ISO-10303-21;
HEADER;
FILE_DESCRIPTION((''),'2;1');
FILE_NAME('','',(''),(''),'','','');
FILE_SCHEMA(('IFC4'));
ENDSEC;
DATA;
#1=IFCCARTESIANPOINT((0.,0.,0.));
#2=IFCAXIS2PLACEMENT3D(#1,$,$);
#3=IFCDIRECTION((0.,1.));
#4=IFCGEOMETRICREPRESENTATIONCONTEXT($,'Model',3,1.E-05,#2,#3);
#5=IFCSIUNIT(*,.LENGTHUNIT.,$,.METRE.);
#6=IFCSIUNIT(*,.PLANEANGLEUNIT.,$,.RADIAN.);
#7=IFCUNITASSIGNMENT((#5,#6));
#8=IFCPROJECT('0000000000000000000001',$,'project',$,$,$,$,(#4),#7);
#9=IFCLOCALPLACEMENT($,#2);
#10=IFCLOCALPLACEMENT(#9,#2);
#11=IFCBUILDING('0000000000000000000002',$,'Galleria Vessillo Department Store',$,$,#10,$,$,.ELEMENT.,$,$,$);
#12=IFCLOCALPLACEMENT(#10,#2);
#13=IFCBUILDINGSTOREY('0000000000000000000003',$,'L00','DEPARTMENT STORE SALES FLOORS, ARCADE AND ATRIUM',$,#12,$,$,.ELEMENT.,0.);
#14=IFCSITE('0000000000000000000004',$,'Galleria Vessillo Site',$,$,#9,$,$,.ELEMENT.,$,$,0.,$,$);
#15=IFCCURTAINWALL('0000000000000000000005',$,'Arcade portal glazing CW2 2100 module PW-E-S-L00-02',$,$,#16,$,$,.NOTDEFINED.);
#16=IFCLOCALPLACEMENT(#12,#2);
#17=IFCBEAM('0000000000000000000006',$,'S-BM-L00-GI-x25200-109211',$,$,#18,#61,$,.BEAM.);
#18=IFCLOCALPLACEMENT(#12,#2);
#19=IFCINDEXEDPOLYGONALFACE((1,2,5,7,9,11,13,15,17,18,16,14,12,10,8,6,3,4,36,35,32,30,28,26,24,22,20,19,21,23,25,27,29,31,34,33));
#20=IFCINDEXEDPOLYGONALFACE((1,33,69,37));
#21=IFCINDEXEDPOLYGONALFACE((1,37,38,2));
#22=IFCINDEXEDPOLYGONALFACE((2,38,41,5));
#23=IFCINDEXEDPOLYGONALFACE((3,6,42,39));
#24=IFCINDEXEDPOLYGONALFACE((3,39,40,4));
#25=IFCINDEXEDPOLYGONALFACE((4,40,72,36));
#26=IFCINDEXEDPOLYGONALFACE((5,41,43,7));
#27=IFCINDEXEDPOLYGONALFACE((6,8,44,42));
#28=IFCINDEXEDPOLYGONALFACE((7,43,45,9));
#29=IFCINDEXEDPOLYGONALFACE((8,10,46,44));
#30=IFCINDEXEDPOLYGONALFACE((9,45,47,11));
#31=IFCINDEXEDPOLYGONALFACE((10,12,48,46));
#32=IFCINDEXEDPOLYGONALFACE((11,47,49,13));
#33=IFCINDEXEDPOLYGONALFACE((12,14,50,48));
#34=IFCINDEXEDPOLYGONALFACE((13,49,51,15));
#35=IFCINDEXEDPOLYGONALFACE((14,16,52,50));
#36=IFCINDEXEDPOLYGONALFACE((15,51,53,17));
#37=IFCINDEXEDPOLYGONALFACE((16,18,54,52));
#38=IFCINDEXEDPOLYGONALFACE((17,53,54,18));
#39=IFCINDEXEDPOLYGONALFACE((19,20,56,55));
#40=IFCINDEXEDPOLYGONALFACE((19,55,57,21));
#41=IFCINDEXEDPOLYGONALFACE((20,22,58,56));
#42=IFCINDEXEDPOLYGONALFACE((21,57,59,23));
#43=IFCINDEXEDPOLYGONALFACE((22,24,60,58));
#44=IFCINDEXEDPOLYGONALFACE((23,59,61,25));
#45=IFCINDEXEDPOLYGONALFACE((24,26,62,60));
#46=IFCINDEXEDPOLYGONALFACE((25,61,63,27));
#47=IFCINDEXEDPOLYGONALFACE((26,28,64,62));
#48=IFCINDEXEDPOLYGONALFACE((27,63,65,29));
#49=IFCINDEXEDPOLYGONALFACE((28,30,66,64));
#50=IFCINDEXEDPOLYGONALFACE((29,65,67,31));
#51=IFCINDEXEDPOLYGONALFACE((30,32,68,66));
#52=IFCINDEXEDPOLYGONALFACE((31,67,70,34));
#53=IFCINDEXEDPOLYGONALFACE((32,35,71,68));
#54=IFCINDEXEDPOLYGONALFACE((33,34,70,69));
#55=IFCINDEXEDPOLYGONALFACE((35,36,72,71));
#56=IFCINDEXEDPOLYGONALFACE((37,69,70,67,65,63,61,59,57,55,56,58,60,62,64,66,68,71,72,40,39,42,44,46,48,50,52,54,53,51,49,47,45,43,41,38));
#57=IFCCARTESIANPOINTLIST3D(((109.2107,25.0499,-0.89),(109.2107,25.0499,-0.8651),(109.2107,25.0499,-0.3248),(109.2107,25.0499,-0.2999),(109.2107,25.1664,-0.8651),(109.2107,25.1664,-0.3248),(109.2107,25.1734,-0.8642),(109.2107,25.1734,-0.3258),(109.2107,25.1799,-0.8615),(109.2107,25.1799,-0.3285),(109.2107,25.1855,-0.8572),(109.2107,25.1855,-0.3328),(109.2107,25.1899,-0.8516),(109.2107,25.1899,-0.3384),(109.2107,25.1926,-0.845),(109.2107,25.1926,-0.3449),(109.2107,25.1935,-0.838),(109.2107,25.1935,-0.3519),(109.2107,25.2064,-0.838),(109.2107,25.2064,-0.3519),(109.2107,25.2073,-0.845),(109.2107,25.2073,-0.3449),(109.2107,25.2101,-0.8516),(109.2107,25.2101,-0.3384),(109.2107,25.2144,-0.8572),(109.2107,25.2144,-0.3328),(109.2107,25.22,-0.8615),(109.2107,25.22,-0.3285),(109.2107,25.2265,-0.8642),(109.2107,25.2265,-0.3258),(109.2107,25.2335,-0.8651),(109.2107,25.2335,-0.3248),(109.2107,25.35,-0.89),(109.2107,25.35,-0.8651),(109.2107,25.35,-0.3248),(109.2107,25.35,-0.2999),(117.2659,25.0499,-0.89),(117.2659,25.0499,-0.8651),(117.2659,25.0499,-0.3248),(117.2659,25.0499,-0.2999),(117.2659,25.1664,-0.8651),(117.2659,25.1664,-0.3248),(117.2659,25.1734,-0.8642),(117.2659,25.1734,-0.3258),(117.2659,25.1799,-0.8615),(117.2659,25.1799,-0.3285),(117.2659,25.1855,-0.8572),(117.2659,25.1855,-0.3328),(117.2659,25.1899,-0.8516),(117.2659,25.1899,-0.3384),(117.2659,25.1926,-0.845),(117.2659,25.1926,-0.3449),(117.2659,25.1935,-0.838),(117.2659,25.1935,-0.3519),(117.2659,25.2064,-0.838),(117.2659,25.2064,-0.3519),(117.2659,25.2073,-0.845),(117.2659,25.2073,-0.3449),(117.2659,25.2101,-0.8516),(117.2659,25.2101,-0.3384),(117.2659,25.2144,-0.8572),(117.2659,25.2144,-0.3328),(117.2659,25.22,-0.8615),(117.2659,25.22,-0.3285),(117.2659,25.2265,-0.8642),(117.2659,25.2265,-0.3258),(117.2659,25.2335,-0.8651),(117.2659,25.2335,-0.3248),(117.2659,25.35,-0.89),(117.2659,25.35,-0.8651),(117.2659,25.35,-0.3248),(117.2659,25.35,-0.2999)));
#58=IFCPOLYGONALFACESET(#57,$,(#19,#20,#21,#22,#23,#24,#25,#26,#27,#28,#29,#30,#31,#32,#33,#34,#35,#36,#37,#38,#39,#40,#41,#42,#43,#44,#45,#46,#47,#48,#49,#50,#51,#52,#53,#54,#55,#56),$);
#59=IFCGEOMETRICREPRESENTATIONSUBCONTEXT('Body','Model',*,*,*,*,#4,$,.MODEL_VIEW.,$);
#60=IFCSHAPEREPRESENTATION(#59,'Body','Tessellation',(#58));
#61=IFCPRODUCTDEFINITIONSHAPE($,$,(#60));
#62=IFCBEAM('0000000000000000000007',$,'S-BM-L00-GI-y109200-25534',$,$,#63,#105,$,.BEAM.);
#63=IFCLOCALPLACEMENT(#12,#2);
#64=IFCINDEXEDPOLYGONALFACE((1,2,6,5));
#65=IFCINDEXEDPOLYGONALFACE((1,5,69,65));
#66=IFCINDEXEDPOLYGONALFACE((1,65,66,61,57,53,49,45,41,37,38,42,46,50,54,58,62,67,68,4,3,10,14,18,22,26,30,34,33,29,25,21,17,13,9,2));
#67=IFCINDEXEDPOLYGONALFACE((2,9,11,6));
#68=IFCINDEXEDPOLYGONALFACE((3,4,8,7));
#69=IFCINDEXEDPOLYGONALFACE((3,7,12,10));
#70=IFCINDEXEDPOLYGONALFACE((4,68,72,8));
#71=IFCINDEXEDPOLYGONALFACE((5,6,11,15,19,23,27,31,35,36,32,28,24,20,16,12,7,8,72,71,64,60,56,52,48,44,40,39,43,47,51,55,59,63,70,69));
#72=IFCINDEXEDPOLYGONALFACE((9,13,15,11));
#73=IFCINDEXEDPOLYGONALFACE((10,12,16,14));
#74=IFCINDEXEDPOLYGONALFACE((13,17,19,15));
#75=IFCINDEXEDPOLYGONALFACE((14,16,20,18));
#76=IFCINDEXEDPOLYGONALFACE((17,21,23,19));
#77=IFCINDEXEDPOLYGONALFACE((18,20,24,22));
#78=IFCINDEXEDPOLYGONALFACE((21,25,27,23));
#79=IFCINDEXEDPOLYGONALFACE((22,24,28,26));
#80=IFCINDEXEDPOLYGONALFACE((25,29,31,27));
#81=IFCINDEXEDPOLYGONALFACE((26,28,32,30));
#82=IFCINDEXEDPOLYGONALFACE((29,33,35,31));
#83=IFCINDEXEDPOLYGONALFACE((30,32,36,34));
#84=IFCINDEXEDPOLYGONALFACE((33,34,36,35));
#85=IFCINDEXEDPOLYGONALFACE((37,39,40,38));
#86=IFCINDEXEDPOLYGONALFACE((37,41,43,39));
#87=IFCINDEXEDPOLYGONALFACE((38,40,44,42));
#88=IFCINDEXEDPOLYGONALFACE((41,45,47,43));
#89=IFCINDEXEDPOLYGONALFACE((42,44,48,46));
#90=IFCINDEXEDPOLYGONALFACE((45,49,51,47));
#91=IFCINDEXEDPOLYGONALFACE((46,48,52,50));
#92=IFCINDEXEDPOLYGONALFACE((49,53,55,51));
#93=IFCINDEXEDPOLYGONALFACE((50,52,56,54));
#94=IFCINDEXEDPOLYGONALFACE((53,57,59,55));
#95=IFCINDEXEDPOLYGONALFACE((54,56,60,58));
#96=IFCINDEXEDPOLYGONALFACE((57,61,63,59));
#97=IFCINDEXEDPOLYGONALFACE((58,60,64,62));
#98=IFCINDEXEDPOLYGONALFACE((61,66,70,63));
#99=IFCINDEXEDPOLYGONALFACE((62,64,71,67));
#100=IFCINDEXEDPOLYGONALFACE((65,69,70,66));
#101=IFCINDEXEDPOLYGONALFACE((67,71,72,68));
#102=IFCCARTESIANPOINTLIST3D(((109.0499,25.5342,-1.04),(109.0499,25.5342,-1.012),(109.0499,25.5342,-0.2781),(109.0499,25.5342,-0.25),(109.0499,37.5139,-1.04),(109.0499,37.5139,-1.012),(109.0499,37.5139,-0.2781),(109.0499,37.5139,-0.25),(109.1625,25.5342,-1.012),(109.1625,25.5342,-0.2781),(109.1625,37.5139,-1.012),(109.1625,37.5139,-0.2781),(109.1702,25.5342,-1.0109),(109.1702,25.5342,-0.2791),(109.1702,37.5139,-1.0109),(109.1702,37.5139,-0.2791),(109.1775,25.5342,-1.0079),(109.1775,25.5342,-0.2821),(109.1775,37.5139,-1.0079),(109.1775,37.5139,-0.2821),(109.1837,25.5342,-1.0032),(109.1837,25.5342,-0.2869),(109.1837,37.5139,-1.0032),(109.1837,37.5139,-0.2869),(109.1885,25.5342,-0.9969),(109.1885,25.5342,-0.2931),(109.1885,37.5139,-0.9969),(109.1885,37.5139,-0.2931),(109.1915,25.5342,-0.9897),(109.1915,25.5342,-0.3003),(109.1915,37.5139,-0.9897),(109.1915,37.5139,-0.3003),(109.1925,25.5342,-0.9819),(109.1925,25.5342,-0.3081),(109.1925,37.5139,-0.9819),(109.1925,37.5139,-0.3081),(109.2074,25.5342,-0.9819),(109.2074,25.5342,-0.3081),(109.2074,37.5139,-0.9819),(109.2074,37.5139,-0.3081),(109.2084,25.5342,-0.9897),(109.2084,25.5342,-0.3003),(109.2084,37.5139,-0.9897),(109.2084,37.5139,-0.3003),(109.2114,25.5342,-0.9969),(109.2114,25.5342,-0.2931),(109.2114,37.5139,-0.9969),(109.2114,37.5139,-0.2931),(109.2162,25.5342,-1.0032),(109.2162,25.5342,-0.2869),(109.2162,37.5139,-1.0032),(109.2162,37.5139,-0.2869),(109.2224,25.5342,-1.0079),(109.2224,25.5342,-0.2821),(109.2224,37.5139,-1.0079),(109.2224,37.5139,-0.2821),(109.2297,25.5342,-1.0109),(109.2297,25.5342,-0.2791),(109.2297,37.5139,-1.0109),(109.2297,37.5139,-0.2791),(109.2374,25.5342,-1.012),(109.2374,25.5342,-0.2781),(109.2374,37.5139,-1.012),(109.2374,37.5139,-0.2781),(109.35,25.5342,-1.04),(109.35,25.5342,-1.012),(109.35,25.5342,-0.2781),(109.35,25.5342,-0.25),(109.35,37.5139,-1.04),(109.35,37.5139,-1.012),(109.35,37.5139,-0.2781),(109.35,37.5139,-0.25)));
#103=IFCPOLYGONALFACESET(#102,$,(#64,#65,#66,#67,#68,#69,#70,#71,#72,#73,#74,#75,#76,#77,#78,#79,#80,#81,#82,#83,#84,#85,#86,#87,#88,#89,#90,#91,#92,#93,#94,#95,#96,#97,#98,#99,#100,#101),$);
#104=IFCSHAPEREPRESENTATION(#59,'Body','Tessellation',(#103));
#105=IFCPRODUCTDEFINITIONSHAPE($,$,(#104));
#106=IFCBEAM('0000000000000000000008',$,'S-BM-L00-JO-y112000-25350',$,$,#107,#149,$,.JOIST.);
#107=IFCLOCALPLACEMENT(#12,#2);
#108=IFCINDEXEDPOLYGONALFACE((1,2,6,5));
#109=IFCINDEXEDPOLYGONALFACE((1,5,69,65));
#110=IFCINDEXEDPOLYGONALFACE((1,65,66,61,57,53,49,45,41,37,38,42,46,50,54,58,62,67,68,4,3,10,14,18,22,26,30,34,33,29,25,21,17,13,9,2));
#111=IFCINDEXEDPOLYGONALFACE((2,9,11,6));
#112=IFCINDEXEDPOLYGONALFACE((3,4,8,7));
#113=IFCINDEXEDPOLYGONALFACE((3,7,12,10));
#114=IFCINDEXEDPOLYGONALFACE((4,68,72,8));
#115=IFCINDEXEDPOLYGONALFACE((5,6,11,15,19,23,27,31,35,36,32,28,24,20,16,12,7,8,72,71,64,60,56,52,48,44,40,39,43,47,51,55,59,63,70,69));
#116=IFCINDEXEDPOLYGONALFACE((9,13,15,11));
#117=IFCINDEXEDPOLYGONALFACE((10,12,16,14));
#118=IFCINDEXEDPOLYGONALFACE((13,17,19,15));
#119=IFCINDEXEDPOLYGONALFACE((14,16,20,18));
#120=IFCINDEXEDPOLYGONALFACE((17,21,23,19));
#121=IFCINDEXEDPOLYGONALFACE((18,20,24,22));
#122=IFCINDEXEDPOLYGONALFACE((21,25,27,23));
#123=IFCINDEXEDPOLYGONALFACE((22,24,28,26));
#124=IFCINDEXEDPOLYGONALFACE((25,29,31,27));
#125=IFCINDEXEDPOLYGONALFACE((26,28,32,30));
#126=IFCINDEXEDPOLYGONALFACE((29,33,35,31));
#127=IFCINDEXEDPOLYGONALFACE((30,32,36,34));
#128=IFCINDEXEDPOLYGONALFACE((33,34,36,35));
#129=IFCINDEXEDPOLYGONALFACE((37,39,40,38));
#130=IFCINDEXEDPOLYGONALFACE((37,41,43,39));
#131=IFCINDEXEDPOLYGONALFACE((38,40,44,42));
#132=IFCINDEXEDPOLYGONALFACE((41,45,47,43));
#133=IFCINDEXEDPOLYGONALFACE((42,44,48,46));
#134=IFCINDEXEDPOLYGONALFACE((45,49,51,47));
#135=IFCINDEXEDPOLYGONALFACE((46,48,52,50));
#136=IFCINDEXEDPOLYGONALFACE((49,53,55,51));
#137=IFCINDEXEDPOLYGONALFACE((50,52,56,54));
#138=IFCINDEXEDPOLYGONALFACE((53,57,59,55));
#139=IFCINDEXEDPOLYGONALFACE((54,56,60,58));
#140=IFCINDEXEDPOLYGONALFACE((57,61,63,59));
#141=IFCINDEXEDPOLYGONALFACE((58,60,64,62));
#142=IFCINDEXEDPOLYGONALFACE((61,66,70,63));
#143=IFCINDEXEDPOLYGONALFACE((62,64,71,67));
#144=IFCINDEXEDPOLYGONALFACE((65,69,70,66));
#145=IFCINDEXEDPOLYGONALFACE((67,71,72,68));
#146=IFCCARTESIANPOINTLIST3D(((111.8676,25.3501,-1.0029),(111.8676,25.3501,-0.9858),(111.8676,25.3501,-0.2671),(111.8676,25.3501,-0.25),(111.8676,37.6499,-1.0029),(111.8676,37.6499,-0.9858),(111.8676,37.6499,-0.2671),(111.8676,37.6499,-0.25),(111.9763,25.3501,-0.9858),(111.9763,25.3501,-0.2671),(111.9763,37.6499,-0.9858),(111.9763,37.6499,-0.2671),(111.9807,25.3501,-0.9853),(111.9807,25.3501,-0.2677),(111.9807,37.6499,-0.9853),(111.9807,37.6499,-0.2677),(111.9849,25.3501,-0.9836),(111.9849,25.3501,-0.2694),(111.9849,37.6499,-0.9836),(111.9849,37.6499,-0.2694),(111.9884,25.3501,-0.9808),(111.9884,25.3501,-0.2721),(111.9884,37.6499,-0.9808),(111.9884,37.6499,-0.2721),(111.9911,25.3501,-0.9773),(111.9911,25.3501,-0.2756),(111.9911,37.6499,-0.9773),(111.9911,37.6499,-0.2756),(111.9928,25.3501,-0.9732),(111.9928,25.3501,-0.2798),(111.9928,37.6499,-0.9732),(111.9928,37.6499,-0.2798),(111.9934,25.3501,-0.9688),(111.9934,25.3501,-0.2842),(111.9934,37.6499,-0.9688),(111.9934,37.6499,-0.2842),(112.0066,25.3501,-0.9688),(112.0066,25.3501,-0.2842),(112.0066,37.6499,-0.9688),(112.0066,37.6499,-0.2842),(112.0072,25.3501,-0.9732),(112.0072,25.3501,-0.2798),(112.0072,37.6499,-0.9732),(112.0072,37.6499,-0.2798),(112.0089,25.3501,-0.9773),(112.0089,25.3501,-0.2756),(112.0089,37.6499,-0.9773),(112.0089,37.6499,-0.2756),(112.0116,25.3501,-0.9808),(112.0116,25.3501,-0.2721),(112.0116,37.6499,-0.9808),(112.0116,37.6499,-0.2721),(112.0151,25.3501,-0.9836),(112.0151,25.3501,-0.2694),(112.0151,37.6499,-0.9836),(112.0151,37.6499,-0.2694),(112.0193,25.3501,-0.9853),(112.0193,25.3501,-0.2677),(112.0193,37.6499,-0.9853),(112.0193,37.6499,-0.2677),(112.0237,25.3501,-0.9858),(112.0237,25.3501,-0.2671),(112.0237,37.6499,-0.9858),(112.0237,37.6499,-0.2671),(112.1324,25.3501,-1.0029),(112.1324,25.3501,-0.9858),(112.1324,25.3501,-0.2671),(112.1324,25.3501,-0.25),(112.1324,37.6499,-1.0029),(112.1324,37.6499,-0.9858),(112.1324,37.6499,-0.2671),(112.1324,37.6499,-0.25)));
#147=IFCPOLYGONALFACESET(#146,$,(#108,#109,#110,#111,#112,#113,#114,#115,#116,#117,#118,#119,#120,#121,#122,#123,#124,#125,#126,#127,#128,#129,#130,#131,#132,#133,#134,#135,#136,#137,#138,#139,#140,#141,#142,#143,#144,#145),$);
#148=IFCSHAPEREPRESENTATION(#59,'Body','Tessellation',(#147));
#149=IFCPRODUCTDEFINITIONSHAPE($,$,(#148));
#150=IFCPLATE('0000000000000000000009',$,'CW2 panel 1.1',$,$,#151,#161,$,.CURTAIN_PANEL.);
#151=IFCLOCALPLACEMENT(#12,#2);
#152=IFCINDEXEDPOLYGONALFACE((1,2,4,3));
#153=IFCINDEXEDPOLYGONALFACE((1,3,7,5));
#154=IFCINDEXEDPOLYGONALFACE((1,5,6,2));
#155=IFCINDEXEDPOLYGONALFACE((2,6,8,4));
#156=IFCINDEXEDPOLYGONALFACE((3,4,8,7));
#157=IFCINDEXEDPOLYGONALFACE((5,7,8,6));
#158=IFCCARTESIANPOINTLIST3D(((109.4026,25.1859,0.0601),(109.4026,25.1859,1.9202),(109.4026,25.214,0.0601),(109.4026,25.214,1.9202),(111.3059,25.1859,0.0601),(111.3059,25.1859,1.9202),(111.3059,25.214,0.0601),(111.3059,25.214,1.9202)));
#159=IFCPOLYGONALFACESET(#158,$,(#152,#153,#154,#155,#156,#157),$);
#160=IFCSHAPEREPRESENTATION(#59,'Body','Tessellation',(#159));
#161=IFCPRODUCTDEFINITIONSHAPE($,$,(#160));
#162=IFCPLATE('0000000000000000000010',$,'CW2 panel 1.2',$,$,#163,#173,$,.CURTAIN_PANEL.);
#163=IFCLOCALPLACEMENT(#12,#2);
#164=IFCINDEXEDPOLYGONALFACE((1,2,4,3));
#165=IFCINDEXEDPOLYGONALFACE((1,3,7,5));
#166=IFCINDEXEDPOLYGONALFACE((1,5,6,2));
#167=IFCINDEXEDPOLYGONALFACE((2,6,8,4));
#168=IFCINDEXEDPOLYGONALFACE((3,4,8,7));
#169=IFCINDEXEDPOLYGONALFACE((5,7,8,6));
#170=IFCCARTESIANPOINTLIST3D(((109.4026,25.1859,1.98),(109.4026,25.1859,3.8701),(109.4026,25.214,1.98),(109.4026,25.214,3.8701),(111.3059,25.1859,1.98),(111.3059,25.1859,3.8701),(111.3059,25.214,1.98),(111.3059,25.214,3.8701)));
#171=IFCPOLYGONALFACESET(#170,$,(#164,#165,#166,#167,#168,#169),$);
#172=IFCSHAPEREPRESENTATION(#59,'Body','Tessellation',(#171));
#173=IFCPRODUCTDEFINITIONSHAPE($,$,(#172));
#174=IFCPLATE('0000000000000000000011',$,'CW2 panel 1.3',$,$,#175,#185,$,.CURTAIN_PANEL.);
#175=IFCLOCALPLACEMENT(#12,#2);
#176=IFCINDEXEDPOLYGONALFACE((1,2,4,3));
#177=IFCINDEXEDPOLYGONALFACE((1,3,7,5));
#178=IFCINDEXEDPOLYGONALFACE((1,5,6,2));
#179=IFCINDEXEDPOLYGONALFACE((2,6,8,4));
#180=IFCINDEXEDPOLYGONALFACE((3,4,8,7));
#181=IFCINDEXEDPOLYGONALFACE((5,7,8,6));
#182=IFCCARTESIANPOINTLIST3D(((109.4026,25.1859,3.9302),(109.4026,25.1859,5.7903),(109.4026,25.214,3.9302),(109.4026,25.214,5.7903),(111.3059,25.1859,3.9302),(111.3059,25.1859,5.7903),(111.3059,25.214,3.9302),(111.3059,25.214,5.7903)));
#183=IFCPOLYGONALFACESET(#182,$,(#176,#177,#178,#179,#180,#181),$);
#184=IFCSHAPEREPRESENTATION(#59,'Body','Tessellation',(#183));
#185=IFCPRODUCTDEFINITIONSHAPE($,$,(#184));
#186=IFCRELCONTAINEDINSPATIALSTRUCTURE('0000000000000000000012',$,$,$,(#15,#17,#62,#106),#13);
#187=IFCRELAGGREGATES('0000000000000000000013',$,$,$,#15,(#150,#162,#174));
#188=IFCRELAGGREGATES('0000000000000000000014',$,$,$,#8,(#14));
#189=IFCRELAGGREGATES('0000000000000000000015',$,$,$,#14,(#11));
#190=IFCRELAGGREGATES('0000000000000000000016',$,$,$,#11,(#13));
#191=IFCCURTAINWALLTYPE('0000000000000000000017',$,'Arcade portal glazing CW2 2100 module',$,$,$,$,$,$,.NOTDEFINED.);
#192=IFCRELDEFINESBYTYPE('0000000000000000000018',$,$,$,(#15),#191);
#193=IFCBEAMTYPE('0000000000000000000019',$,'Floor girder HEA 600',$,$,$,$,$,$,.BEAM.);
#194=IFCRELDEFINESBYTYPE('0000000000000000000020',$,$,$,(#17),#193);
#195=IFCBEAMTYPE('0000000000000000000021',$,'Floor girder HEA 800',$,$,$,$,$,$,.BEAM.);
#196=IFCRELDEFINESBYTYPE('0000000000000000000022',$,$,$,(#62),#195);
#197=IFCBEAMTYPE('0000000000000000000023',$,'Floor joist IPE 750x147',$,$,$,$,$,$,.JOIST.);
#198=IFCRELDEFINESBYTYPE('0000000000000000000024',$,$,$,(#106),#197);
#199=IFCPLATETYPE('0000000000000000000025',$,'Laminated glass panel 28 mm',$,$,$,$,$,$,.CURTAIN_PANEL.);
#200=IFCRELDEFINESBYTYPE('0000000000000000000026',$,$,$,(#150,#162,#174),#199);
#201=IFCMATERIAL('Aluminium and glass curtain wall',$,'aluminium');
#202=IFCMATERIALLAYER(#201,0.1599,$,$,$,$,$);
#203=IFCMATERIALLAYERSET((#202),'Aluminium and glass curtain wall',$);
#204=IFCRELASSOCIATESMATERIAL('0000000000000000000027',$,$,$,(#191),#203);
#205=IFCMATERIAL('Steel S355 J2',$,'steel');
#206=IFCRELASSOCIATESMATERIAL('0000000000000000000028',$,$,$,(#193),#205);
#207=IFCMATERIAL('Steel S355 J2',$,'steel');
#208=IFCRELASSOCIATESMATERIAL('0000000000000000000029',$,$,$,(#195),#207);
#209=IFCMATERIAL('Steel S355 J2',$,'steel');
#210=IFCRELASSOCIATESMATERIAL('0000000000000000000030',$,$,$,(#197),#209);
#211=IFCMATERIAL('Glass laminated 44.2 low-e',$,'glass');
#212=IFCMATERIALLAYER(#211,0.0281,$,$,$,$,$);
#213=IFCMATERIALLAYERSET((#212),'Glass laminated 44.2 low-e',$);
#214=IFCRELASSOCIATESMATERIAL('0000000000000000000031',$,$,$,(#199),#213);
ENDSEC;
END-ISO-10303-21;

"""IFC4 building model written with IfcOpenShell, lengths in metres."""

from ifc_helpers import new_model, si_unit, direction, frame, origin, origin_2d, place, context, subcontext, project, spatial, rectangle, i_section, extrude, material, layer, layer_set, material_profile, profile_set, type_object, element, aggregate, save


model = new_model("IFC4")

# Units and contexts
model_context = context("Model", 3, precision=1e-05, world=origin(), true_north=direction((0.0, 1.0)))
body_context = subcontext(model_context, "Body", "Model", "MODEL_VIEW")
ifc_project = project(units=[si_unit("LENGTHUNIT", "METRE"), si_unit("PLANEANGLEUNIT", "RADIAN")], contexts=[model_context])

# Site, building, storey
site_placement = place(None, origin())
site = spatial("IfcSite", under=ifc_project, at=site_placement, Name="Galleria Vessillo Site", CompositionType="ELEMENT", RefElevation=0.0)
building_placement = place(site_placement, origin())
building = spatial("IfcBuilding", under=site, at=building_placement, Name="Galleria Vessillo Department Store", CompositionType="ELEMENT")
storey_placement = place(building_placement, origin())
storey = spatial("IfcBuildingStorey", under=building, at=storey_placement, Name="L00", Description="DEPARTMENT STORE SALES FLOORS, ARCADE AND ATRIUM", CompositionType="ELEMENT", Elevation=0.0)

# Curtain wall
ifc_material_1 = material(Name="Aluminium and glass curtain wall", Category="aluminium")
ifc_layer_1 = layer(ifc_material_1, 0.1599)
ifc_layer_set_1 = layer_set([ifc_layer_1], Name="Aluminium and glass curtain wall")
curtain_wall_type = type_object("IfcCurtainWallType", Name="Arcade portal glazing CW2 2100 module", PredefinedType="NOTDEFINED", material=ifc_layer_set_1)
curtain_wall_placement = place(storey_placement, origin())
curtain_wall = element("IfcCurtainWall", 1, at=curtain_wall_placement, inside=storey, type_object=curtain_wall_type, Name="Arcade portal glazing CW2 2100 module PW-E-S-L00-02", PredefinedType="NOTDEFINED")

# Beams
ifc_material_2 = material(Name="Steel S355 J2", Category="steel")
ifc_material_profile_1 = material_profile(ifc_material_2, i_section(OverallWidth=0.3, OverallDepth=0.5901, WebThickness=0.0129, FlangeThickness=0.0249, FilletRadius=0.0271, at=origin_2d()), Name="HEA 600")
ifc_profile_set_1 = profile_set([ifc_material_profile_1], Name="Steel S355 J2")
beam_type_1 = type_object("IfcBeamType", Name="Floor girder HEA 600", PredefinedType="BEAM", material=ifc_profile_set_1)
beam_1_placement = place(storey_placement, frame((109.2107, 25.2, -0.595), z_axis=(1.0, 0.0, 0.0), x_axis=(0.0, 1.0, 0.0)))
element("IfcBeam", 2, at=beam_1_placement, inside=storey, type_object=beam_type_1, Name="S-BM-L00-GI-x25200-109211", PredefinedType="BEAM", context=body_context, shape_type="SweptSolid", body=[
    extrude(i_section(OverallWidth=0.3, OverallDepth=0.5901, WebThickness=0.0129, FlangeThickness=0.0249, FilletRadius=0.0271, at=origin_2d()), origin(), (0.0, 0.0, 1.0), 8.0552),
])
ifc_material_3 = material(Name="Steel S355 J2", Category="steel")
ifc_material_profile_2 = material_profile(ifc_material_3, i_section(OverallWidth=0.3, OverallDepth=0.79, WebThickness=0.0149, FlangeThickness=0.0281, FilletRadius=0.03, at=origin_2d()), Name="HEA 800")
ifc_profile_set_2 = profile_set([ifc_material_profile_2], Name="Steel S355 J2")
beam_type_2 = type_object("IfcBeamType", Name="Floor girder HEA 800", PredefinedType="BEAM", material=ifc_profile_set_2)
beam_2_placement = place(storey_placement, frame((109.2, 25.5342, -0.645), z_axis=(0.0, 1.0, 0.0), x_axis=(-1.0, 0.0, 0.0)))
element("IfcBeam", 3, at=beam_2_placement, inside=storey, type_object=beam_type_2, Name="S-BM-L00-GI-y109200-25534", PredefinedType="BEAM", context=body_context, shape_type="SweptSolid", body=[
    extrude(i_section(OverallWidth=0.3, OverallDepth=0.79, WebThickness=0.0149, FlangeThickness=0.0281, FilletRadius=0.03, at=origin_2d()), origin(), (0.0, 0.0, 1.0), 11.9797),
])
ifc_material_4 = material(Name="Steel S355 J2", Category="steel")
ifc_material_profile_3 = material_profile(ifc_material_4, i_section(OverallWidth=0.2649, OverallDepth=0.7529, WebThickness=0.0132, FlangeThickness=0.0171, FilletRadius=0.0171, at=origin_2d()), Name="IPE 750x147")
ifc_profile_set_3 = profile_set([ifc_material_profile_3], Name="Steel S355 J2")
beam_type_3 = type_object("IfcBeamType", Name="Floor joist IPE 750x147", PredefinedType="JOIST", material=ifc_profile_set_3)
beam_3_placement = place(storey_placement, frame((112.0, 25.3501, -0.6265), z_axis=(0.0, 1.0, 0.0), x_axis=(-1.0, 0.0, 0.0)))
element("IfcBeam", 4, at=beam_3_placement, inside=storey, type_object=beam_type_3, Name="S-BM-L00-JO-y112000-25350", PredefinedType="JOIST", context=body_context, shape_type="SweptSolid", body=[
    extrude(i_section(OverallWidth=0.2649, OverallDepth=0.7529, WebThickness=0.0132, FlangeThickness=0.0171, FilletRadius=0.0171, at=origin_2d()), origin(), (0.0, 0.0, 1.0), 12.2998),
])

# Plates
ifc_material_5 = material(Name="Glass laminated 44.2 low-e", Category="glass")
ifc_layer_2 = layer(ifc_material_5, 0.0281)
ifc_layer_set_2 = layer_set([ifc_layer_2], Name="Glass laminated 44.2 low-e")
plate_type = type_object("IfcPlateType", Name="Laminated glass panel 28 mm", PredefinedType="CURTAIN_PANEL", material=ifc_layer_set_2)
plate_1_placement = place(storey_placement, frame((110.3542, 25.2, 0.0601), z_axis=(0.0, 0.0, 1.0), x_axis=(1.0, 0.0, 0.0)))
plate_1 = element("IfcPlate", 5, at=plate_1_placement, type_object=plate_type, Name="CW2 panel 1.1", PredefinedType="CURTAIN_PANEL", context=body_context, shape_type="SweptSolid", body=[
    extrude(rectangle(XDim=1.9033, YDim=0.0281, at=origin_2d()), origin(), (0.0, 0.0, 1.0), 1.8601),
])
plate_2_placement = place(storey_placement, frame((110.3542, 25.2, 1.98), z_axis=(0.0, 0.0, 1.0), x_axis=(1.0, 0.0, 0.0)))
plate_2 = element("IfcPlate", 6, at=plate_2_placement, type_object=plate_type, Name="CW2 panel 1.2", PredefinedType="CURTAIN_PANEL", context=body_context, shape_type="SweptSolid", body=[
    extrude(rectangle(XDim=1.9033, YDim=0.0281, at=origin_2d()), origin(), (0.0, 0.0, 1.0), 1.8901),
])
plate_3_placement = place(storey_placement, frame((110.3542, 25.2, 3.9302), z_axis=(0.0, 0.0, 1.0), x_axis=(1.0, 0.0, 0.0)))
plate_3 = element("IfcPlate", 7, at=plate_3_placement, type_object=plate_type, Name="CW2 panel 1.3", PredefinedType="CURTAIN_PANEL", context=body_context, shape_type="SweptSolid", body=[
    extrude(rectangle(XDim=1.9033, YDim=0.0281, at=origin_2d()), origin(), (0.0, 0.0, 1.0), 1.8601),
])
aggregate(curtain_wall, [plate_1, plate_2, plate_3])

save(model, "model.ifc")
